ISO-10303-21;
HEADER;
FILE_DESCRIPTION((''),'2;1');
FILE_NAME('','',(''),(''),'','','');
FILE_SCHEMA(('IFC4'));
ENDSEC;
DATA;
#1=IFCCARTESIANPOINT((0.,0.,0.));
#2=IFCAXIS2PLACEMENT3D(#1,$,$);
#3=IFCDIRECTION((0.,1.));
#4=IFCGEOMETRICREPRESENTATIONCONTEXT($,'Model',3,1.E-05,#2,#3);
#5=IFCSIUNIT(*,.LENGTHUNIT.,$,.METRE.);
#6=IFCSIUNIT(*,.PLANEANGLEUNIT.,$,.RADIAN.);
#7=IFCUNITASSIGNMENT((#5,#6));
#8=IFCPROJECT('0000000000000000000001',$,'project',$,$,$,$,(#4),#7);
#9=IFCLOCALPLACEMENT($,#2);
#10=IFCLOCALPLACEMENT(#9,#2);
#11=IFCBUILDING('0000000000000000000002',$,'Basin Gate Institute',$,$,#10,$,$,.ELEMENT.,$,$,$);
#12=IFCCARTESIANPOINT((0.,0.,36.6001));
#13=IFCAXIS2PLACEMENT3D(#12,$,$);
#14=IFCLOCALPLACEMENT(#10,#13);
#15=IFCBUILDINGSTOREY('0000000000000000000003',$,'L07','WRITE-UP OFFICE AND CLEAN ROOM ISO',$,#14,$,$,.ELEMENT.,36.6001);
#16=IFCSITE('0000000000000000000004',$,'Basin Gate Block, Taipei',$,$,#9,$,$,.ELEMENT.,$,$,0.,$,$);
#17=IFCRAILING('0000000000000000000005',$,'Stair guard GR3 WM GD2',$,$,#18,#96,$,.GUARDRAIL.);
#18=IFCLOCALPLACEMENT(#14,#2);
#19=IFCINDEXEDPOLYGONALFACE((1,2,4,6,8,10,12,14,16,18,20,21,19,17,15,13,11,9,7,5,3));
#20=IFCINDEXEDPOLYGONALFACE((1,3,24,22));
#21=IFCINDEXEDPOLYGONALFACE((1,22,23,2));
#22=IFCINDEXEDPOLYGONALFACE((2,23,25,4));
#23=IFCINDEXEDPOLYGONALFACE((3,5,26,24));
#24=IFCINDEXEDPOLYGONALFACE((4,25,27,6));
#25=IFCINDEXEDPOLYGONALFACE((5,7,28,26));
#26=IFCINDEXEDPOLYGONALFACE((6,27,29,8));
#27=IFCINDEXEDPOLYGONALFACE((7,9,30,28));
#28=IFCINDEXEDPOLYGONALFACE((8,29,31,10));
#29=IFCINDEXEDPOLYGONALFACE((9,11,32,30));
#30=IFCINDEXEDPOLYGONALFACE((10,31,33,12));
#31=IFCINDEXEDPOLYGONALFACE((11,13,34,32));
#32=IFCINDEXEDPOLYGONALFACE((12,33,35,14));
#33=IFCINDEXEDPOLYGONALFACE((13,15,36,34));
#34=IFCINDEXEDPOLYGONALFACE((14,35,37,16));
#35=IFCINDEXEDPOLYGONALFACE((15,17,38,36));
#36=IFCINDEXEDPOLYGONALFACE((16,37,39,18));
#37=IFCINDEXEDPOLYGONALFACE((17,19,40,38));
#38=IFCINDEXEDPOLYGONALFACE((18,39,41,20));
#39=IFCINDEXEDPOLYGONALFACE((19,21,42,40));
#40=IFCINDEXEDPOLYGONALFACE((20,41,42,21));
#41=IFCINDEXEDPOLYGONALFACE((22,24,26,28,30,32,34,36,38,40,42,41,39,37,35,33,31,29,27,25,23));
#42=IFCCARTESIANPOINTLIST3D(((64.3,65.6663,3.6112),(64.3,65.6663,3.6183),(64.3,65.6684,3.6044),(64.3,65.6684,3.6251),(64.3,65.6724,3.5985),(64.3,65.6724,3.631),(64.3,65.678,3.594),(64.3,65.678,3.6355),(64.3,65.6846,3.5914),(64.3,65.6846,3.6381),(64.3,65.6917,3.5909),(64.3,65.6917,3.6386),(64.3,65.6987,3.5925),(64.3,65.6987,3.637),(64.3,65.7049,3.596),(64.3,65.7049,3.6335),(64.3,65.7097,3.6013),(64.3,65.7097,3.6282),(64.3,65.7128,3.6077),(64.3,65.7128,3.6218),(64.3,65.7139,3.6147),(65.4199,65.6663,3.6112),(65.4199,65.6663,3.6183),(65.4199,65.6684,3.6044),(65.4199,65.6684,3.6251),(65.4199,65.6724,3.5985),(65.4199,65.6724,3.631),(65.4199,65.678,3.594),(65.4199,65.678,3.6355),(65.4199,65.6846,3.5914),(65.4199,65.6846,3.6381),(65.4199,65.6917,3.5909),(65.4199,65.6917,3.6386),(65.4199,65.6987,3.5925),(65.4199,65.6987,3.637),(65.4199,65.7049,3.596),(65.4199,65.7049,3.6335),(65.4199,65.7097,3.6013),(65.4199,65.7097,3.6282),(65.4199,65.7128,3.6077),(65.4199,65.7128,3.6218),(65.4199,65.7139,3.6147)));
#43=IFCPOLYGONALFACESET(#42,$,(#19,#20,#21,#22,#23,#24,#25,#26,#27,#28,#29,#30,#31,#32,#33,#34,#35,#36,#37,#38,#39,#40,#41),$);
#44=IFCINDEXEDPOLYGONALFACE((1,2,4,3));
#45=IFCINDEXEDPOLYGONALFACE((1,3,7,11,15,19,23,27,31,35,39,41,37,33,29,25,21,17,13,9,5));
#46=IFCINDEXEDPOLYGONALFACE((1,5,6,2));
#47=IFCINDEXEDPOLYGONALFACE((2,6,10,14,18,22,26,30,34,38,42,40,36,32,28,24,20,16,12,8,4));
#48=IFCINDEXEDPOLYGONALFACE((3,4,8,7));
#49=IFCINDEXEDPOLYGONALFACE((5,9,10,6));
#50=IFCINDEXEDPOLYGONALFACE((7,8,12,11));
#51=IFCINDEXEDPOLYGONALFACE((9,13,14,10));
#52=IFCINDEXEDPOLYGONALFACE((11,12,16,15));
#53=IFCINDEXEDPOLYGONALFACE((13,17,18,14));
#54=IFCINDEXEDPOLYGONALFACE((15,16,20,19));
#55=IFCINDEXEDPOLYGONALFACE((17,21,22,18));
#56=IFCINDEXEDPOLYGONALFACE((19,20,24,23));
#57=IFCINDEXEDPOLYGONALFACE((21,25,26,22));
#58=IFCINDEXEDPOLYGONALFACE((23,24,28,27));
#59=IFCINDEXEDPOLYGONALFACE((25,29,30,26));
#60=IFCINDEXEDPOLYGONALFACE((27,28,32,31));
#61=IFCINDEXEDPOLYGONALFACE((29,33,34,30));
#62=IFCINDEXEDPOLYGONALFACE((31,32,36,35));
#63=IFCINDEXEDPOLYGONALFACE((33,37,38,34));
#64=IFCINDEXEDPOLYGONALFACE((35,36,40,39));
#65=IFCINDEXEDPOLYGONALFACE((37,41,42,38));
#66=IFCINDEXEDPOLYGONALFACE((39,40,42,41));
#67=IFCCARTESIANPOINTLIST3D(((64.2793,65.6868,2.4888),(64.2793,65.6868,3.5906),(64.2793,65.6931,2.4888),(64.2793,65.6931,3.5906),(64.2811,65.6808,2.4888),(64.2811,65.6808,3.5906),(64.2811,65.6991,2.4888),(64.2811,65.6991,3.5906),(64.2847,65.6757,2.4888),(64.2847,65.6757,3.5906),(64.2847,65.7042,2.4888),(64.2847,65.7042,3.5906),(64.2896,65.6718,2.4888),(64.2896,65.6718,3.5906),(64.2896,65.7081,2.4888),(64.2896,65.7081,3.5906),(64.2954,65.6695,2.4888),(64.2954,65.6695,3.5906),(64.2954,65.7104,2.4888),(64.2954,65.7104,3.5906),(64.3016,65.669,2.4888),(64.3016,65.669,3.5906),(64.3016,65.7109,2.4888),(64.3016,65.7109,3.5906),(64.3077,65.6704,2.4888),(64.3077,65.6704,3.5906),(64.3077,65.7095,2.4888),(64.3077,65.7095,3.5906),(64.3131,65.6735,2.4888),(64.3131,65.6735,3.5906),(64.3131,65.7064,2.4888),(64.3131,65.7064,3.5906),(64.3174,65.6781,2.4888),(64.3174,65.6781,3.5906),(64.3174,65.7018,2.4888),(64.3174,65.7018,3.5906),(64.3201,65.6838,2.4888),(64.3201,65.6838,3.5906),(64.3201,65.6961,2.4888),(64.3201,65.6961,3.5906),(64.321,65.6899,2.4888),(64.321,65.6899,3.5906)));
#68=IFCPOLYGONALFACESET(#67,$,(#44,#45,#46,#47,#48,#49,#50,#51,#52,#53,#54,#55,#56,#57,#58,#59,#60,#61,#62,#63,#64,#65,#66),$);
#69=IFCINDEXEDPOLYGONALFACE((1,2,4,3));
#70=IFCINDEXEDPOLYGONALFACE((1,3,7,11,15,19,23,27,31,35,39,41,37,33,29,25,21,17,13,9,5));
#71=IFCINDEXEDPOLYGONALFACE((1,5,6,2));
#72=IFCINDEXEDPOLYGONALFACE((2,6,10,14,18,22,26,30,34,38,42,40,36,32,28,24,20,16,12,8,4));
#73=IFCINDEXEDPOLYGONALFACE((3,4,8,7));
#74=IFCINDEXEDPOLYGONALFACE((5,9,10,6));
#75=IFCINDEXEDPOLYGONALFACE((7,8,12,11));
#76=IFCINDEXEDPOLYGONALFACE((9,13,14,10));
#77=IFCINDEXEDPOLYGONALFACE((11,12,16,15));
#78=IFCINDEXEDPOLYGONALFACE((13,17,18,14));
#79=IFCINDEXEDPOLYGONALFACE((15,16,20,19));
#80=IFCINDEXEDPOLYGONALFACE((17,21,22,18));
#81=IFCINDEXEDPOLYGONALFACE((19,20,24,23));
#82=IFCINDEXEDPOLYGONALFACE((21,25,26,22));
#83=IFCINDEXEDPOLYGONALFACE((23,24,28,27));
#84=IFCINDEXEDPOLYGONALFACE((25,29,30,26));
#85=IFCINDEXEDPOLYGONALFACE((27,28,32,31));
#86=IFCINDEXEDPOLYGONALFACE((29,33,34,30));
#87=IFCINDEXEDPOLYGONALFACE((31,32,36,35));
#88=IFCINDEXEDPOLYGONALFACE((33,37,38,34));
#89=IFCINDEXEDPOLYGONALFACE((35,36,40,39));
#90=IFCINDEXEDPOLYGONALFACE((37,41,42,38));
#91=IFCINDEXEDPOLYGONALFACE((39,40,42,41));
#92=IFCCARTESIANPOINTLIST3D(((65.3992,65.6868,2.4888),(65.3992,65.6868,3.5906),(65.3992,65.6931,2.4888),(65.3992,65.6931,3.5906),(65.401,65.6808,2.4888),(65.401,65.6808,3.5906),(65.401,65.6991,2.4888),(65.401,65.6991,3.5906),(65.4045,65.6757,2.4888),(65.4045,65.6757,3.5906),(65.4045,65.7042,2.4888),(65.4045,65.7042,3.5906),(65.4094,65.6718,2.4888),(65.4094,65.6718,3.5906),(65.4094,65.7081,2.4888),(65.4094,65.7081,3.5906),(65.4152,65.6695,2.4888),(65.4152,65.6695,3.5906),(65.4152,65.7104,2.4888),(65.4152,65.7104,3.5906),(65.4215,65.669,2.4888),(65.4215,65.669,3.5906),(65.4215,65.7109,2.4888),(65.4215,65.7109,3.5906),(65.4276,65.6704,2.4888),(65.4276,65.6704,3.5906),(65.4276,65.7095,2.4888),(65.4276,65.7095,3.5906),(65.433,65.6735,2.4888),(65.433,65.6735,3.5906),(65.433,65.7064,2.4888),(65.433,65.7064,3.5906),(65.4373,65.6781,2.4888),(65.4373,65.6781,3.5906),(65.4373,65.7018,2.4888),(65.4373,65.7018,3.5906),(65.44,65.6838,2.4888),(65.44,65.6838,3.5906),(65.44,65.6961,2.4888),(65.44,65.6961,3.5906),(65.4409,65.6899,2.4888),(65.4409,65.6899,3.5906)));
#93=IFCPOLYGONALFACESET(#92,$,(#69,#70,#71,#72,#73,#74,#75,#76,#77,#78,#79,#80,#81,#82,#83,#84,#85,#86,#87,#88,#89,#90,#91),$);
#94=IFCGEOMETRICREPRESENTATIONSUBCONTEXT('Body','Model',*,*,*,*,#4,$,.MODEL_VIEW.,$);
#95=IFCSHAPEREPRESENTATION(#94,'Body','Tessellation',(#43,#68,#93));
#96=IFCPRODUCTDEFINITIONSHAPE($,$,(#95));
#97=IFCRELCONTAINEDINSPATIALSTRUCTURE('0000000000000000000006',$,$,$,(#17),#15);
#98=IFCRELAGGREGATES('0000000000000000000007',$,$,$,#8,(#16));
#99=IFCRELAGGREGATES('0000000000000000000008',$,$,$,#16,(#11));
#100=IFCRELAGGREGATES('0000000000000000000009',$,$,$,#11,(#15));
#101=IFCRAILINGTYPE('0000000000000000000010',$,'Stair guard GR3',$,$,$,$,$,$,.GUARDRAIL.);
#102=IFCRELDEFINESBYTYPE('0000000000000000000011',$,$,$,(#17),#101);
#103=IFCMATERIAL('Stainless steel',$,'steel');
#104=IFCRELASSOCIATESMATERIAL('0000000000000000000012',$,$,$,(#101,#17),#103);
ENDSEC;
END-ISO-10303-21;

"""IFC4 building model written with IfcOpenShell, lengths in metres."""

from ifc_helpers import new_model, si_unit, direction, frame, origin, origin_2d, place, context, subcontext, project, spatial, circle, extrude, material, type_object, element, save


model = new_model("IFC4")

# Units and contexts
model_context = context("Model", 3, precision=1e-05, world=origin(), true_north=direction((0.0, 1.0)))
body_context = subcontext(model_context, "Body", "Model", "MODEL_VIEW")
ifc_project = project(units=[si_unit("LENGTHUNIT", "METRE"), si_unit("PLANEANGLEUNIT", "RADIAN")], contexts=[model_context])

# Site, building, storey
site_placement = place(None, origin())
site = spatial("IfcSite", under=ifc_project, at=site_placement, Name="Basin Gate Block, Taipei", CompositionType="ELEMENT", RefElevation=0.0)
building_placement = place(site_placement, origin())
building = spatial("IfcBuilding", under=site, at=building_placement, Name="Basin Gate Institute", CompositionType="ELEMENT")
storey_placement = place(building_placement, frame((0.0, 0.0, 36.6001)))
storey = spatial("IfcBuildingStorey", under=building, at=storey_placement, Name="L07", Description="WRITE-UP OFFICE AND CLEAN ROOM ISO", CompositionType="ELEMENT", Elevation=36.6001)

# Railing
ifc_material_1 = material(Name="Stainless steel", Category="steel")
railing_type_1 = type_object("IfcRailingType", Name="Stair guard GR3", PredefinedType="GUARDRAIL", material=ifc_material_1)
railing_1_placement = place(storey_placement, frame((64.3, 65.6899, 2.4888)))
element("IfcRailing", 1, at=railing_1_placement, inside=storey, type_object=railing_type_1, material=ifc_material_1, Name="Stair guard GR3 WM GD2", PredefinedType="GUARDRAIL", context=body_context, shape_type="SweptSolid", body=[
    extrude(circle(Radius=0.0239, at=origin_2d()), frame((0.0, 0.0, 1.126), z_axis=(1.0, 0.0, 0.0), x_axis=(0.0, 1.0, 0.0)), (0.0, 0.0, 1.0), 1.1199),
    extrude(circle(Radius=0.021, at=origin_2d()), origin(), (0.0, 0.0, 1.0), 1.1018),
    extrude(circle(Radius=0.021, at=origin_2d()), frame((1.1199, 0.0, 0.0)), (0.0, 0.0, 1.0), 1.1018),
])

save(model, "model.ifc")
